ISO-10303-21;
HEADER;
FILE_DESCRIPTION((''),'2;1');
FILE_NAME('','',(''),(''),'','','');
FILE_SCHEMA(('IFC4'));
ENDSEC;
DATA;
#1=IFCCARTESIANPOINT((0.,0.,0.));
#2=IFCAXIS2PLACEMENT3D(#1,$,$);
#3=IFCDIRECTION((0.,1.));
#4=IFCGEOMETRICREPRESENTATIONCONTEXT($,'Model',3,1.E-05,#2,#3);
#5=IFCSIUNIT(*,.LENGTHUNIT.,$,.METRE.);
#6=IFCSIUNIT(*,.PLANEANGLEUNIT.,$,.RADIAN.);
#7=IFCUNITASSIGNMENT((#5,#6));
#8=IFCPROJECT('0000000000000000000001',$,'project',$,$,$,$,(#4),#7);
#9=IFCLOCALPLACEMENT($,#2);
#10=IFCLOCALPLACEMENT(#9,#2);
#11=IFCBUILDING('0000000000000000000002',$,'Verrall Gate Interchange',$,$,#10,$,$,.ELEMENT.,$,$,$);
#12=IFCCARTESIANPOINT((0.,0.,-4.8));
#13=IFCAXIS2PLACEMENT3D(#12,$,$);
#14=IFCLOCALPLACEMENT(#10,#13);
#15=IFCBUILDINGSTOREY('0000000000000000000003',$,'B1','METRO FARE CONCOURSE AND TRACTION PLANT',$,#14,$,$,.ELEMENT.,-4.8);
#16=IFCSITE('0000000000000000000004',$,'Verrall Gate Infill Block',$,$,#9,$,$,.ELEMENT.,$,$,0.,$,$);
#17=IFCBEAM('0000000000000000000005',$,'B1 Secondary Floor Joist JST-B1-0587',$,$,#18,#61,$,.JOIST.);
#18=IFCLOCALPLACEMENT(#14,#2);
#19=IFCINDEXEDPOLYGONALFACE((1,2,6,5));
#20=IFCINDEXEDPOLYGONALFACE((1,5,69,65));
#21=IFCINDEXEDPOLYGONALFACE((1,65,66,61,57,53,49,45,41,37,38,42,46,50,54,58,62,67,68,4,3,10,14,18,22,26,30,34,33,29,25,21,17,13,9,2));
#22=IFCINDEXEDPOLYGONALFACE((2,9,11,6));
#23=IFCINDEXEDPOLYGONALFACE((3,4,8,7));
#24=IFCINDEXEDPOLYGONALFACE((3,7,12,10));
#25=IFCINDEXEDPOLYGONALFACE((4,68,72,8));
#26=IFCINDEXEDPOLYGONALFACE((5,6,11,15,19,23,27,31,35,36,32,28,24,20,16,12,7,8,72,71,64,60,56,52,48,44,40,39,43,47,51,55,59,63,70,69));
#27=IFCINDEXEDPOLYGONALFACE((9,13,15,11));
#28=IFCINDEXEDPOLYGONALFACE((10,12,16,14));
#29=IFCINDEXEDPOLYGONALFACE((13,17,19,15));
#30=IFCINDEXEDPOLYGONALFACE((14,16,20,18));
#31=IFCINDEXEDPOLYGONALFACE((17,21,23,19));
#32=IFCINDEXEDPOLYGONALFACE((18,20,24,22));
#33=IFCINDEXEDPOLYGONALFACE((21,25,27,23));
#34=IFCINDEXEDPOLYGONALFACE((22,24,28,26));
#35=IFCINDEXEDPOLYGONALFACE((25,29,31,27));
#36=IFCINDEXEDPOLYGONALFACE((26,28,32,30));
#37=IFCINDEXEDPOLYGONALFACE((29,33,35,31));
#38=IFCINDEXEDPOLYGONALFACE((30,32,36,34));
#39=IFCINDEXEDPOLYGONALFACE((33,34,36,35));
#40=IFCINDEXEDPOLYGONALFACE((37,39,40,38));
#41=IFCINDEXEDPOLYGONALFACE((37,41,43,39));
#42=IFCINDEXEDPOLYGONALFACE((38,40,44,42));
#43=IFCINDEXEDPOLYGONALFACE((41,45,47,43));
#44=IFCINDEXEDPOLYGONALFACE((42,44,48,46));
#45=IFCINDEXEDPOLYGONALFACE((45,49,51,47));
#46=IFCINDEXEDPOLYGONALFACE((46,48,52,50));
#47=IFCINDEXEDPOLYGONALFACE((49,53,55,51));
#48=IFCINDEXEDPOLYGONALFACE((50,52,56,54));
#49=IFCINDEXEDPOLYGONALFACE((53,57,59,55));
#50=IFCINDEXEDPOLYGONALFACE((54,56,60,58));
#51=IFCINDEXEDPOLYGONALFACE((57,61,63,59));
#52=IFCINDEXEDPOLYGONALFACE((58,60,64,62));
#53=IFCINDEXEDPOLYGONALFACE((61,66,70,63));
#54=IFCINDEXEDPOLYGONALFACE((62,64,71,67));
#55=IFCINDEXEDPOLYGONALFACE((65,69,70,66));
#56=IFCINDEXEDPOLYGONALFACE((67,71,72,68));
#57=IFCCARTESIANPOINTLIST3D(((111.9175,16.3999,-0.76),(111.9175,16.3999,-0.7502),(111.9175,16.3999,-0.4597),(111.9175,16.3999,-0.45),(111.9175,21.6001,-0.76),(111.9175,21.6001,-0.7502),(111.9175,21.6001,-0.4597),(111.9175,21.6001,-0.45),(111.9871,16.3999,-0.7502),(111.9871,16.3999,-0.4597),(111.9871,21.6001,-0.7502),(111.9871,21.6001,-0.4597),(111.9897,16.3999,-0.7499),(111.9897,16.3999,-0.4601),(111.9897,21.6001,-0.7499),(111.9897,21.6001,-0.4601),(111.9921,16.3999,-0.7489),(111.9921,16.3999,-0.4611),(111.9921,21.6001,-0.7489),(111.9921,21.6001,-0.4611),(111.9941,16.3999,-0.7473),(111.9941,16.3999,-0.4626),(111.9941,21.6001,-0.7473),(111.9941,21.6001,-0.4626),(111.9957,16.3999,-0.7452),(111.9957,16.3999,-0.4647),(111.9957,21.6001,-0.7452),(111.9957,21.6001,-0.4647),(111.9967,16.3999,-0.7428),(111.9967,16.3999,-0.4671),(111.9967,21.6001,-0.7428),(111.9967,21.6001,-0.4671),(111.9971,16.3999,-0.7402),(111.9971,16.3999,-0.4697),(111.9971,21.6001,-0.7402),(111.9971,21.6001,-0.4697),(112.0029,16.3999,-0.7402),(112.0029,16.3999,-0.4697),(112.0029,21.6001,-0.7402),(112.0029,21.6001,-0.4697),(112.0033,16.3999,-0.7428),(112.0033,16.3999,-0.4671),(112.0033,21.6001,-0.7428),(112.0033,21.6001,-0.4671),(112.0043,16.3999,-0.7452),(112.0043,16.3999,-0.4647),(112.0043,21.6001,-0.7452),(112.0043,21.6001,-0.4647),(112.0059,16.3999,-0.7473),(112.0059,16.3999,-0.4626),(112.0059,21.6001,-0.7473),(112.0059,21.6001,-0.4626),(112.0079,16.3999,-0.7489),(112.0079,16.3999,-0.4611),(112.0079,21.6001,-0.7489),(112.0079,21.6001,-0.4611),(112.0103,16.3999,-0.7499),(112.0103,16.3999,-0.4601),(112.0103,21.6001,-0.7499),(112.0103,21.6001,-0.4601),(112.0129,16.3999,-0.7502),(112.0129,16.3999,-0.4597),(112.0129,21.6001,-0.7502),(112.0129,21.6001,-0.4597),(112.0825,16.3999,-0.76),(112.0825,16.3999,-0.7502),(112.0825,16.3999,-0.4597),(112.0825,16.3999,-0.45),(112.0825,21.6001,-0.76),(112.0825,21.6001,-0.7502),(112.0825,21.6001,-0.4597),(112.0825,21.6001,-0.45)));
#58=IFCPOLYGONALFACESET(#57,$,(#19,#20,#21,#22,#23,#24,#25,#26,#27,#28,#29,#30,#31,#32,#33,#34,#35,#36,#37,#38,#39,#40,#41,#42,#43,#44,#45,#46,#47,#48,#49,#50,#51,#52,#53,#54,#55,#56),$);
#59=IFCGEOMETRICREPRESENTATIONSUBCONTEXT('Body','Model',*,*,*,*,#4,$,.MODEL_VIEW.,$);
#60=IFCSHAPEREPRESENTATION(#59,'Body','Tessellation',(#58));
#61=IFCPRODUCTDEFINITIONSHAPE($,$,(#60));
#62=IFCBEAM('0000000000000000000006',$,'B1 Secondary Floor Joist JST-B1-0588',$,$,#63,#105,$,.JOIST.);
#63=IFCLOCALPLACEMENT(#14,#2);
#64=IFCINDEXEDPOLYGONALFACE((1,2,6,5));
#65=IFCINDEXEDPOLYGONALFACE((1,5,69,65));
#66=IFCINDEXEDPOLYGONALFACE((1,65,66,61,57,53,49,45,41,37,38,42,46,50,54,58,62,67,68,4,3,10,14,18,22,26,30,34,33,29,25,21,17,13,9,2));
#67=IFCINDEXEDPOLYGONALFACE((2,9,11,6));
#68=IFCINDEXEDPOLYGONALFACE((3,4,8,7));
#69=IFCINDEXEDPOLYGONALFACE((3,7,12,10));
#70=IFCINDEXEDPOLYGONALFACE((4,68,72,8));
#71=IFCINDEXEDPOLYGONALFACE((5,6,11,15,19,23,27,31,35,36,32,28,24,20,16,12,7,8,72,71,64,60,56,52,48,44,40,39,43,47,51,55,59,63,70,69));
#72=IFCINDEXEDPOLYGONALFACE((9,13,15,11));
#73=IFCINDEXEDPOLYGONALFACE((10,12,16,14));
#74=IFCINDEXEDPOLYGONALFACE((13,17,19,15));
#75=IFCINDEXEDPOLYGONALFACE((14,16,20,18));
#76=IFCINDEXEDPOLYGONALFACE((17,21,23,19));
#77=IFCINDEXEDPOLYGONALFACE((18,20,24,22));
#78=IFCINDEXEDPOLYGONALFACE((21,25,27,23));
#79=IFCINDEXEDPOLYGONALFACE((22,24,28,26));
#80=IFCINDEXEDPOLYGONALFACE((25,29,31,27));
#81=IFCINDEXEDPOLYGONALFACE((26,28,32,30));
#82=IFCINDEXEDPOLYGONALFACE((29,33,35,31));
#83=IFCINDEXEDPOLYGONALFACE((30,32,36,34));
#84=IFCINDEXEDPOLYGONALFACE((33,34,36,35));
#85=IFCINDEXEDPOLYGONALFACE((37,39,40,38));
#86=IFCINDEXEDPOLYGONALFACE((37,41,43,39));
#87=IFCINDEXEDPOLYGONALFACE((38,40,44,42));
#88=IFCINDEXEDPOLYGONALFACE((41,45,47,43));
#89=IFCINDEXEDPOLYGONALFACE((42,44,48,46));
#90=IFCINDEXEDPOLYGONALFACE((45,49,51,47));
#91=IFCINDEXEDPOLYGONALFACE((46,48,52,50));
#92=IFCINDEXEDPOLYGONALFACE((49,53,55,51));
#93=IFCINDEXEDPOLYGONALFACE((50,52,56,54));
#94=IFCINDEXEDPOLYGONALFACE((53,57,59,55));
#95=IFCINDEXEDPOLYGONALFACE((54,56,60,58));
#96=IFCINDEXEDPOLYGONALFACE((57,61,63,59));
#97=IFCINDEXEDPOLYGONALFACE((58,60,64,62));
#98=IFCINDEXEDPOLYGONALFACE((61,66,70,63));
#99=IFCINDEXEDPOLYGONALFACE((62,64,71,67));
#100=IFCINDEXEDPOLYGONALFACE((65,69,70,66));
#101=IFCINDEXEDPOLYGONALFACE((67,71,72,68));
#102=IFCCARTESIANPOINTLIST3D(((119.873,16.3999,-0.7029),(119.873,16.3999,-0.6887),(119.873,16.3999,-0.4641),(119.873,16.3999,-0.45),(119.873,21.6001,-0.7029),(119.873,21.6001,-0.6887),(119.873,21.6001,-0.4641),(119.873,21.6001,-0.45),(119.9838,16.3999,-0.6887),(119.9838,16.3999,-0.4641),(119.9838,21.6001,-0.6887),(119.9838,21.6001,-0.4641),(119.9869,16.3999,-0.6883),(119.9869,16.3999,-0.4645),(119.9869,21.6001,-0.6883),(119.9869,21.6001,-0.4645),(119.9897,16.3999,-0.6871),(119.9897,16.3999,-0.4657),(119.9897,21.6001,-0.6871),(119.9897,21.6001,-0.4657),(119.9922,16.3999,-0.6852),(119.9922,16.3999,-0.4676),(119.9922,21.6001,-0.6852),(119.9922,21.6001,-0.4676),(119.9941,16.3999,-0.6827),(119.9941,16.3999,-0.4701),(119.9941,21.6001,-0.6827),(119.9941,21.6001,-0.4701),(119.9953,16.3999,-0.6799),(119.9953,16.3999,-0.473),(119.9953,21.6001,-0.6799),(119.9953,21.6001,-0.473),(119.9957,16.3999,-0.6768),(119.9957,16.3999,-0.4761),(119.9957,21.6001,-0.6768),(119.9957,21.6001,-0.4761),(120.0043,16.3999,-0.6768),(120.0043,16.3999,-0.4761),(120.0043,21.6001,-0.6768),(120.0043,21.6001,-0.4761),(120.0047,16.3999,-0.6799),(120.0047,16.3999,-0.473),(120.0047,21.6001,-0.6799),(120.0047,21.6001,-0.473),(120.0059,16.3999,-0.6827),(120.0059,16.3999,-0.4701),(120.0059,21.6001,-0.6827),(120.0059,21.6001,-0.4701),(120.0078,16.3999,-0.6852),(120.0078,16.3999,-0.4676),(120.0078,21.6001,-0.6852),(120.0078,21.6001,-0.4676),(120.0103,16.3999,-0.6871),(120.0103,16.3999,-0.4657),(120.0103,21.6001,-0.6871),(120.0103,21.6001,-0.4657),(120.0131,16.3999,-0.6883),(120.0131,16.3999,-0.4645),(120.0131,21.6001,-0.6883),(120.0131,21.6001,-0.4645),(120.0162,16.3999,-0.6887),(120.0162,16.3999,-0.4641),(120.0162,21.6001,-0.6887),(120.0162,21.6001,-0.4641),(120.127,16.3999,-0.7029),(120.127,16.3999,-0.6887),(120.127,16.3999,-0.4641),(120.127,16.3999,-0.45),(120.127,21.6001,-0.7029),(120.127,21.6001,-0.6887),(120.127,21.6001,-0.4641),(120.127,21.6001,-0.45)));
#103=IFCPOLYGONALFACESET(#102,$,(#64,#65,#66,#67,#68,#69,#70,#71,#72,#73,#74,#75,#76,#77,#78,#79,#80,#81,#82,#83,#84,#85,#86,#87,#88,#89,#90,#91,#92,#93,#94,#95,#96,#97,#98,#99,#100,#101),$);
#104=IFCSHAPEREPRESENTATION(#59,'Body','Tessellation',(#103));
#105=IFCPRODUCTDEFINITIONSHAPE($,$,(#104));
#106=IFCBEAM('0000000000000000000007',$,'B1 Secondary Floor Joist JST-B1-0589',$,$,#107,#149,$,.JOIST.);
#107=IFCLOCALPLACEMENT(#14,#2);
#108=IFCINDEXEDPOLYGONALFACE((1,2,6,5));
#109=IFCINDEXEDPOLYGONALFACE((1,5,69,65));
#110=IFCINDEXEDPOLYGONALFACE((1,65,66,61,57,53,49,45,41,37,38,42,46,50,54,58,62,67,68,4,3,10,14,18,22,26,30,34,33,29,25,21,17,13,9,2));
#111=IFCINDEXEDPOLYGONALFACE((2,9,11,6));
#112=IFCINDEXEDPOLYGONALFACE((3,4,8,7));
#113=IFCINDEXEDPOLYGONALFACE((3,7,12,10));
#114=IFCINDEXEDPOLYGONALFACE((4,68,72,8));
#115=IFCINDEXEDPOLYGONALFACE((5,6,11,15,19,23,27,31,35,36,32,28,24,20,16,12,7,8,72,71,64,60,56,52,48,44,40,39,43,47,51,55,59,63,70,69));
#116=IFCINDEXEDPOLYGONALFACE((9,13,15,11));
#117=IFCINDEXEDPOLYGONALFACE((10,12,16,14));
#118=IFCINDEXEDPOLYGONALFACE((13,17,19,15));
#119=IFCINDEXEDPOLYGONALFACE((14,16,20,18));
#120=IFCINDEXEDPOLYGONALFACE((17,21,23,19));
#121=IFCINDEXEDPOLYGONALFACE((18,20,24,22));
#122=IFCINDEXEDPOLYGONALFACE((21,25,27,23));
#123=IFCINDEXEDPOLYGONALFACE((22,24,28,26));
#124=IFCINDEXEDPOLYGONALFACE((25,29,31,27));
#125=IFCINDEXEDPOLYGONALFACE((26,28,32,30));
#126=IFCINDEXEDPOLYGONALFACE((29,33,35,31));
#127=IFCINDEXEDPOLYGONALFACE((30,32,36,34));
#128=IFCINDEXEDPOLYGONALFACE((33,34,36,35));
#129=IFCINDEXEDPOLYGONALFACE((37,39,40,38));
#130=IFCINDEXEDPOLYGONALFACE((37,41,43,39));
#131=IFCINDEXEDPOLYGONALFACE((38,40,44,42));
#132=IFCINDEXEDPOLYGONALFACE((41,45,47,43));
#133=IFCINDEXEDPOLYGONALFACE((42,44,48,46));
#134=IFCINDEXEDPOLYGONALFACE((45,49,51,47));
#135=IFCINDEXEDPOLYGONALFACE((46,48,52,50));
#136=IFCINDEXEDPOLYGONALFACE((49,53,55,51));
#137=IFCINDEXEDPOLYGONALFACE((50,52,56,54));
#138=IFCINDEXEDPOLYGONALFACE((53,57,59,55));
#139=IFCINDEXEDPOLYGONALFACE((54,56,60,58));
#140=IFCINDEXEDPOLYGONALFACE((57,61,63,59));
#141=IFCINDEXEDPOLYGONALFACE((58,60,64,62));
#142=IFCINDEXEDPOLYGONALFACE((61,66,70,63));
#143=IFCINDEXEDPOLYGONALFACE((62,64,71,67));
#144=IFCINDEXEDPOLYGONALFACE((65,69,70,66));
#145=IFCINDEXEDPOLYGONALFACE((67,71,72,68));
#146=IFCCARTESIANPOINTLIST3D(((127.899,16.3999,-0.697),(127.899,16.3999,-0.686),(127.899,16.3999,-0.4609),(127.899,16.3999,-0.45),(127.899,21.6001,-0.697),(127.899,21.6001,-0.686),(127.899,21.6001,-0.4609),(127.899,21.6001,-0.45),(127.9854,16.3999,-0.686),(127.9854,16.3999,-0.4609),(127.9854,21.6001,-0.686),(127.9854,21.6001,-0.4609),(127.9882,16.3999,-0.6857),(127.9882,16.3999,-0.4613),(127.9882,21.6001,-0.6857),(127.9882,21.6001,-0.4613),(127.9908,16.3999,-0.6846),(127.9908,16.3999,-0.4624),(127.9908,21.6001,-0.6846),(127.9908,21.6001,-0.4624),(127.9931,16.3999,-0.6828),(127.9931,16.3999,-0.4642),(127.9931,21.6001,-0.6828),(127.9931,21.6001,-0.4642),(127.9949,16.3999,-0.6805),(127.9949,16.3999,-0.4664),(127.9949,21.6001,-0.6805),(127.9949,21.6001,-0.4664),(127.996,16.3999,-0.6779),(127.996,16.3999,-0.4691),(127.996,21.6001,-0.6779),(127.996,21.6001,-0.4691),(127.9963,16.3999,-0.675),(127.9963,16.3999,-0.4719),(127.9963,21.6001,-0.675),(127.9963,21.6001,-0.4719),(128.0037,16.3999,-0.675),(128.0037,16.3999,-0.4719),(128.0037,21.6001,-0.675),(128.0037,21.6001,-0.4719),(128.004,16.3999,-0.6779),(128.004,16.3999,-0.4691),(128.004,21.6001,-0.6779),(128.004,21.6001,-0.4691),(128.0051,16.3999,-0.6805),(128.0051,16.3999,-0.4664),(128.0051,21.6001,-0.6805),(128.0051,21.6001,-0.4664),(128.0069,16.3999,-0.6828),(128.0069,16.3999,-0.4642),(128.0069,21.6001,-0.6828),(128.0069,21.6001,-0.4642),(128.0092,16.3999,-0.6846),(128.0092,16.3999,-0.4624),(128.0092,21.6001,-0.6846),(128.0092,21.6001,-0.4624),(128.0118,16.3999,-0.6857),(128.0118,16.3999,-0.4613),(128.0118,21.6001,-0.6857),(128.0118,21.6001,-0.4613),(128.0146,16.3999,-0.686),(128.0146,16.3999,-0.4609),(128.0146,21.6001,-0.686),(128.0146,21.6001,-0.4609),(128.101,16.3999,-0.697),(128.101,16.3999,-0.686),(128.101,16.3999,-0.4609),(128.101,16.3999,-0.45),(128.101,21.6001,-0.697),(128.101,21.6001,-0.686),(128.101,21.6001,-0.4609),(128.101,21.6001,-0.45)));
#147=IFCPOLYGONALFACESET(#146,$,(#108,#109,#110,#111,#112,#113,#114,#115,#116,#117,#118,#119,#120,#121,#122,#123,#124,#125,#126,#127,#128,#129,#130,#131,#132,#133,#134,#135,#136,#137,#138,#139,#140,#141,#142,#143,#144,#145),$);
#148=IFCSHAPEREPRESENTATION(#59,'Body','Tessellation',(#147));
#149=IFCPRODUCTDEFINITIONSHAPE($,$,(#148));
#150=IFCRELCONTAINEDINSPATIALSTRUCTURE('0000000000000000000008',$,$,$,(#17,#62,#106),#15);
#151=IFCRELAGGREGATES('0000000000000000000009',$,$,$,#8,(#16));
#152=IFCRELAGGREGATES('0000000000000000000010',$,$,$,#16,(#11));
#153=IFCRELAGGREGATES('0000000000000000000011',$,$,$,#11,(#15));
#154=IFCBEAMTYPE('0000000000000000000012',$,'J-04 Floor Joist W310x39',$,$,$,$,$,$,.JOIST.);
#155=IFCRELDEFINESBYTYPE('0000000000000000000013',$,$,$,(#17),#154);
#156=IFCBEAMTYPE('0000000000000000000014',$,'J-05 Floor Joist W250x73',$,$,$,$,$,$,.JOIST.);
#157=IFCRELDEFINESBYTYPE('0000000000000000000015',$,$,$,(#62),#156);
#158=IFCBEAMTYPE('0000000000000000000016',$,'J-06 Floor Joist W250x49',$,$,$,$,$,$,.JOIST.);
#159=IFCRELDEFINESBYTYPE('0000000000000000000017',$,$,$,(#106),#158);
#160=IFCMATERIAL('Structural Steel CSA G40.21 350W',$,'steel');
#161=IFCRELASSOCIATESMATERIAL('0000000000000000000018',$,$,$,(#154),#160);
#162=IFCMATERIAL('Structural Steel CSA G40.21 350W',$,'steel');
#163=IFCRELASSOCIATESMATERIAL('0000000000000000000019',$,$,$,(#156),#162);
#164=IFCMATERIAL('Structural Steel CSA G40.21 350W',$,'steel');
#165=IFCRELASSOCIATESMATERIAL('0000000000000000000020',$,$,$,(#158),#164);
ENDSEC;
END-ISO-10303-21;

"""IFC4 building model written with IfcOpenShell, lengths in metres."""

from ifc_helpers import new_model, si_unit, direction, frame, origin, origin_2d, place, context, subcontext, project, spatial, i_section, extrude, material, material_profile, profile_set, type_object, element, save


model = new_model("IFC4")

# Units and contexts
model_context = context("Model", 3, precision=1e-05, world=origin(), true_north=direction((0.0, 1.0)))
body_context = subcontext(model_context, "Body", "Model", "MODEL_VIEW")
ifc_project = project(units=[si_unit("LENGTHUNIT", "METRE"), si_unit("PLANEANGLEUNIT", "RADIAN")], contexts=[model_context])

# Site, building, storey
site_placement = place(None, origin())
site = spatial("IfcSite", under=ifc_project, at=site_placement, Name="Verrall Gate Infill Block", CompositionType="ELEMENT", RefElevation=0.0)
building_placement = place(site_placement, origin())
building = spatial("IfcBuilding", under=site, at=building_placement, Name="Verrall Gate Interchange", CompositionType="ELEMENT")
storey_placement = place(building_placement, frame((0.0, 0.0, -4.8)))
storey = spatial("IfcBuildingStorey", under=building, at=storey_placement, Name="B1", Description="METRO FARE CONCOURSE AND TRACTION PLANT", CompositionType="ELEMENT", Elevation=-4.8)

# Beams
ifc_material_1 = material(Name="Structural Steel CSA G40.21 350W", Category="steel")
ifc_material_profile_1 = material_profile(ifc_material_1, i_section(OverallWidth=0.165, OverallDepth=0.3101, WebThickness=0.0059, FlangeThickness=0.0098, FilletRadius=0.01, at=origin_2d()), Name="W310x39")
ifc_profile_set_1 = profile_set([ifc_material_profile_1], Name="Structural Steel CSA G40.21 350W")
beam_type_1 = type_object("IfcBeamType", Name="J-04 Floor Joist W310x39", PredefinedType="JOIST", material=ifc_profile_set_1)
beam_1_placement = place(storey_placement, frame((112.0, 16.3999, -0.605), z_axis=(0.0, 1.0, 0.0), x_axis=(-1.0, 0.0, 0.0)))
element("IfcBeam", 1, at=beam_1_placement, inside=storey, type_object=beam_type_1, Name="B1 Secondary Floor Joist JST-B1-0587", PredefinedType="JOIST", context=body_context, shape_type="SweptSolid", body=[
    extrude(i_section(OverallWidth=0.165, OverallDepth=0.3101, WebThickness=0.0059, FlangeThickness=0.0098, FilletRadius=0.01, at=origin_2d()), origin(), (0.0, 0.0, 1.0), 5.2002),
])
ifc_material_2 = material(Name="Structural Steel CSA G40.21 350W", Category="steel")
ifc_material_profile_2 = material_profile(ifc_material_2, i_section(OverallWidth=0.2539, OverallDepth=0.2529, WebThickness=0.0085, FlangeThickness=0.0142, FilletRadius=0.012, at=origin_2d()), Name="W250x73")
ifc_profile_set_2 = profile_set([ifc_material_profile_2], Name="Structural Steel CSA G40.21 350W")
beam_type_2 = type_object("IfcBeamType", Name="J-05 Floor Joist W250x73", PredefinedType="JOIST", material=ifc_profile_set_2)
beam_2_placement = place(storey_placement, frame((120.0, 16.3999, -0.5764), z_axis=(0.0, 1.0, 0.0), x_axis=(-1.0, 0.0, 0.0)))
element("IfcBeam", 2, at=beam_2_placement, inside=storey, type_object=beam_type_2, Name="B1 Secondary Floor Joist JST-B1-0588", PredefinedType="JOIST", context=body_context, shape_type="SweptSolid", body=[
    extrude(i_section(OverallWidth=0.2539, OverallDepth=0.2529, WebThickness=0.0085, FlangeThickness=0.0142, FilletRadius=0.012, at=origin_2d()), origin(), (0.0, 0.0, 1.0), 5.2002),
])
ifc_material_3 = material(Name="Structural Steel CSA G40.21 350W", Category="steel")
ifc_material_profile_3 = material_profile(ifc_material_3, i_section(OverallWidth=0.2019, OverallDepth=0.2471, WebThickness=0.0073, FlangeThickness=0.011, FilletRadius=0.011, at=origin_2d()), Name="W250x49")
ifc_profile_set_3 = profile_set([ifc_material_profile_3], Name="Structural Steel CSA G40.21 350W")
beam_type_3 = type_object("IfcBeamType", Name="J-06 Floor Joist W250x49", PredefinedType="JOIST", material=ifc_profile_set_3)
beam_3_placement = place(storey_placement, frame((128.0, 16.3999, -0.5735), z_axis=(0.0, 1.0, 0.0), x_axis=(-1.0, 0.0, 0.0)))
element("IfcBeam", 3, at=beam_3_placement, inside=storey, type_object=beam_type_3, Name="B1 Secondary Floor Joist JST-B1-0589", PredefinedType="JOIST", context=body_context, shape_type="SweptSolid", body=[
    extrude(i_section(OverallWidth=0.2019, OverallDepth=0.2471, WebThickness=0.0073, FlangeThickness=0.011, FilletRadius=0.011, at=origin_2d()), origin(), (0.0, 0.0, 1.0), 5.2002),
])

save(model, "model.ifc")
